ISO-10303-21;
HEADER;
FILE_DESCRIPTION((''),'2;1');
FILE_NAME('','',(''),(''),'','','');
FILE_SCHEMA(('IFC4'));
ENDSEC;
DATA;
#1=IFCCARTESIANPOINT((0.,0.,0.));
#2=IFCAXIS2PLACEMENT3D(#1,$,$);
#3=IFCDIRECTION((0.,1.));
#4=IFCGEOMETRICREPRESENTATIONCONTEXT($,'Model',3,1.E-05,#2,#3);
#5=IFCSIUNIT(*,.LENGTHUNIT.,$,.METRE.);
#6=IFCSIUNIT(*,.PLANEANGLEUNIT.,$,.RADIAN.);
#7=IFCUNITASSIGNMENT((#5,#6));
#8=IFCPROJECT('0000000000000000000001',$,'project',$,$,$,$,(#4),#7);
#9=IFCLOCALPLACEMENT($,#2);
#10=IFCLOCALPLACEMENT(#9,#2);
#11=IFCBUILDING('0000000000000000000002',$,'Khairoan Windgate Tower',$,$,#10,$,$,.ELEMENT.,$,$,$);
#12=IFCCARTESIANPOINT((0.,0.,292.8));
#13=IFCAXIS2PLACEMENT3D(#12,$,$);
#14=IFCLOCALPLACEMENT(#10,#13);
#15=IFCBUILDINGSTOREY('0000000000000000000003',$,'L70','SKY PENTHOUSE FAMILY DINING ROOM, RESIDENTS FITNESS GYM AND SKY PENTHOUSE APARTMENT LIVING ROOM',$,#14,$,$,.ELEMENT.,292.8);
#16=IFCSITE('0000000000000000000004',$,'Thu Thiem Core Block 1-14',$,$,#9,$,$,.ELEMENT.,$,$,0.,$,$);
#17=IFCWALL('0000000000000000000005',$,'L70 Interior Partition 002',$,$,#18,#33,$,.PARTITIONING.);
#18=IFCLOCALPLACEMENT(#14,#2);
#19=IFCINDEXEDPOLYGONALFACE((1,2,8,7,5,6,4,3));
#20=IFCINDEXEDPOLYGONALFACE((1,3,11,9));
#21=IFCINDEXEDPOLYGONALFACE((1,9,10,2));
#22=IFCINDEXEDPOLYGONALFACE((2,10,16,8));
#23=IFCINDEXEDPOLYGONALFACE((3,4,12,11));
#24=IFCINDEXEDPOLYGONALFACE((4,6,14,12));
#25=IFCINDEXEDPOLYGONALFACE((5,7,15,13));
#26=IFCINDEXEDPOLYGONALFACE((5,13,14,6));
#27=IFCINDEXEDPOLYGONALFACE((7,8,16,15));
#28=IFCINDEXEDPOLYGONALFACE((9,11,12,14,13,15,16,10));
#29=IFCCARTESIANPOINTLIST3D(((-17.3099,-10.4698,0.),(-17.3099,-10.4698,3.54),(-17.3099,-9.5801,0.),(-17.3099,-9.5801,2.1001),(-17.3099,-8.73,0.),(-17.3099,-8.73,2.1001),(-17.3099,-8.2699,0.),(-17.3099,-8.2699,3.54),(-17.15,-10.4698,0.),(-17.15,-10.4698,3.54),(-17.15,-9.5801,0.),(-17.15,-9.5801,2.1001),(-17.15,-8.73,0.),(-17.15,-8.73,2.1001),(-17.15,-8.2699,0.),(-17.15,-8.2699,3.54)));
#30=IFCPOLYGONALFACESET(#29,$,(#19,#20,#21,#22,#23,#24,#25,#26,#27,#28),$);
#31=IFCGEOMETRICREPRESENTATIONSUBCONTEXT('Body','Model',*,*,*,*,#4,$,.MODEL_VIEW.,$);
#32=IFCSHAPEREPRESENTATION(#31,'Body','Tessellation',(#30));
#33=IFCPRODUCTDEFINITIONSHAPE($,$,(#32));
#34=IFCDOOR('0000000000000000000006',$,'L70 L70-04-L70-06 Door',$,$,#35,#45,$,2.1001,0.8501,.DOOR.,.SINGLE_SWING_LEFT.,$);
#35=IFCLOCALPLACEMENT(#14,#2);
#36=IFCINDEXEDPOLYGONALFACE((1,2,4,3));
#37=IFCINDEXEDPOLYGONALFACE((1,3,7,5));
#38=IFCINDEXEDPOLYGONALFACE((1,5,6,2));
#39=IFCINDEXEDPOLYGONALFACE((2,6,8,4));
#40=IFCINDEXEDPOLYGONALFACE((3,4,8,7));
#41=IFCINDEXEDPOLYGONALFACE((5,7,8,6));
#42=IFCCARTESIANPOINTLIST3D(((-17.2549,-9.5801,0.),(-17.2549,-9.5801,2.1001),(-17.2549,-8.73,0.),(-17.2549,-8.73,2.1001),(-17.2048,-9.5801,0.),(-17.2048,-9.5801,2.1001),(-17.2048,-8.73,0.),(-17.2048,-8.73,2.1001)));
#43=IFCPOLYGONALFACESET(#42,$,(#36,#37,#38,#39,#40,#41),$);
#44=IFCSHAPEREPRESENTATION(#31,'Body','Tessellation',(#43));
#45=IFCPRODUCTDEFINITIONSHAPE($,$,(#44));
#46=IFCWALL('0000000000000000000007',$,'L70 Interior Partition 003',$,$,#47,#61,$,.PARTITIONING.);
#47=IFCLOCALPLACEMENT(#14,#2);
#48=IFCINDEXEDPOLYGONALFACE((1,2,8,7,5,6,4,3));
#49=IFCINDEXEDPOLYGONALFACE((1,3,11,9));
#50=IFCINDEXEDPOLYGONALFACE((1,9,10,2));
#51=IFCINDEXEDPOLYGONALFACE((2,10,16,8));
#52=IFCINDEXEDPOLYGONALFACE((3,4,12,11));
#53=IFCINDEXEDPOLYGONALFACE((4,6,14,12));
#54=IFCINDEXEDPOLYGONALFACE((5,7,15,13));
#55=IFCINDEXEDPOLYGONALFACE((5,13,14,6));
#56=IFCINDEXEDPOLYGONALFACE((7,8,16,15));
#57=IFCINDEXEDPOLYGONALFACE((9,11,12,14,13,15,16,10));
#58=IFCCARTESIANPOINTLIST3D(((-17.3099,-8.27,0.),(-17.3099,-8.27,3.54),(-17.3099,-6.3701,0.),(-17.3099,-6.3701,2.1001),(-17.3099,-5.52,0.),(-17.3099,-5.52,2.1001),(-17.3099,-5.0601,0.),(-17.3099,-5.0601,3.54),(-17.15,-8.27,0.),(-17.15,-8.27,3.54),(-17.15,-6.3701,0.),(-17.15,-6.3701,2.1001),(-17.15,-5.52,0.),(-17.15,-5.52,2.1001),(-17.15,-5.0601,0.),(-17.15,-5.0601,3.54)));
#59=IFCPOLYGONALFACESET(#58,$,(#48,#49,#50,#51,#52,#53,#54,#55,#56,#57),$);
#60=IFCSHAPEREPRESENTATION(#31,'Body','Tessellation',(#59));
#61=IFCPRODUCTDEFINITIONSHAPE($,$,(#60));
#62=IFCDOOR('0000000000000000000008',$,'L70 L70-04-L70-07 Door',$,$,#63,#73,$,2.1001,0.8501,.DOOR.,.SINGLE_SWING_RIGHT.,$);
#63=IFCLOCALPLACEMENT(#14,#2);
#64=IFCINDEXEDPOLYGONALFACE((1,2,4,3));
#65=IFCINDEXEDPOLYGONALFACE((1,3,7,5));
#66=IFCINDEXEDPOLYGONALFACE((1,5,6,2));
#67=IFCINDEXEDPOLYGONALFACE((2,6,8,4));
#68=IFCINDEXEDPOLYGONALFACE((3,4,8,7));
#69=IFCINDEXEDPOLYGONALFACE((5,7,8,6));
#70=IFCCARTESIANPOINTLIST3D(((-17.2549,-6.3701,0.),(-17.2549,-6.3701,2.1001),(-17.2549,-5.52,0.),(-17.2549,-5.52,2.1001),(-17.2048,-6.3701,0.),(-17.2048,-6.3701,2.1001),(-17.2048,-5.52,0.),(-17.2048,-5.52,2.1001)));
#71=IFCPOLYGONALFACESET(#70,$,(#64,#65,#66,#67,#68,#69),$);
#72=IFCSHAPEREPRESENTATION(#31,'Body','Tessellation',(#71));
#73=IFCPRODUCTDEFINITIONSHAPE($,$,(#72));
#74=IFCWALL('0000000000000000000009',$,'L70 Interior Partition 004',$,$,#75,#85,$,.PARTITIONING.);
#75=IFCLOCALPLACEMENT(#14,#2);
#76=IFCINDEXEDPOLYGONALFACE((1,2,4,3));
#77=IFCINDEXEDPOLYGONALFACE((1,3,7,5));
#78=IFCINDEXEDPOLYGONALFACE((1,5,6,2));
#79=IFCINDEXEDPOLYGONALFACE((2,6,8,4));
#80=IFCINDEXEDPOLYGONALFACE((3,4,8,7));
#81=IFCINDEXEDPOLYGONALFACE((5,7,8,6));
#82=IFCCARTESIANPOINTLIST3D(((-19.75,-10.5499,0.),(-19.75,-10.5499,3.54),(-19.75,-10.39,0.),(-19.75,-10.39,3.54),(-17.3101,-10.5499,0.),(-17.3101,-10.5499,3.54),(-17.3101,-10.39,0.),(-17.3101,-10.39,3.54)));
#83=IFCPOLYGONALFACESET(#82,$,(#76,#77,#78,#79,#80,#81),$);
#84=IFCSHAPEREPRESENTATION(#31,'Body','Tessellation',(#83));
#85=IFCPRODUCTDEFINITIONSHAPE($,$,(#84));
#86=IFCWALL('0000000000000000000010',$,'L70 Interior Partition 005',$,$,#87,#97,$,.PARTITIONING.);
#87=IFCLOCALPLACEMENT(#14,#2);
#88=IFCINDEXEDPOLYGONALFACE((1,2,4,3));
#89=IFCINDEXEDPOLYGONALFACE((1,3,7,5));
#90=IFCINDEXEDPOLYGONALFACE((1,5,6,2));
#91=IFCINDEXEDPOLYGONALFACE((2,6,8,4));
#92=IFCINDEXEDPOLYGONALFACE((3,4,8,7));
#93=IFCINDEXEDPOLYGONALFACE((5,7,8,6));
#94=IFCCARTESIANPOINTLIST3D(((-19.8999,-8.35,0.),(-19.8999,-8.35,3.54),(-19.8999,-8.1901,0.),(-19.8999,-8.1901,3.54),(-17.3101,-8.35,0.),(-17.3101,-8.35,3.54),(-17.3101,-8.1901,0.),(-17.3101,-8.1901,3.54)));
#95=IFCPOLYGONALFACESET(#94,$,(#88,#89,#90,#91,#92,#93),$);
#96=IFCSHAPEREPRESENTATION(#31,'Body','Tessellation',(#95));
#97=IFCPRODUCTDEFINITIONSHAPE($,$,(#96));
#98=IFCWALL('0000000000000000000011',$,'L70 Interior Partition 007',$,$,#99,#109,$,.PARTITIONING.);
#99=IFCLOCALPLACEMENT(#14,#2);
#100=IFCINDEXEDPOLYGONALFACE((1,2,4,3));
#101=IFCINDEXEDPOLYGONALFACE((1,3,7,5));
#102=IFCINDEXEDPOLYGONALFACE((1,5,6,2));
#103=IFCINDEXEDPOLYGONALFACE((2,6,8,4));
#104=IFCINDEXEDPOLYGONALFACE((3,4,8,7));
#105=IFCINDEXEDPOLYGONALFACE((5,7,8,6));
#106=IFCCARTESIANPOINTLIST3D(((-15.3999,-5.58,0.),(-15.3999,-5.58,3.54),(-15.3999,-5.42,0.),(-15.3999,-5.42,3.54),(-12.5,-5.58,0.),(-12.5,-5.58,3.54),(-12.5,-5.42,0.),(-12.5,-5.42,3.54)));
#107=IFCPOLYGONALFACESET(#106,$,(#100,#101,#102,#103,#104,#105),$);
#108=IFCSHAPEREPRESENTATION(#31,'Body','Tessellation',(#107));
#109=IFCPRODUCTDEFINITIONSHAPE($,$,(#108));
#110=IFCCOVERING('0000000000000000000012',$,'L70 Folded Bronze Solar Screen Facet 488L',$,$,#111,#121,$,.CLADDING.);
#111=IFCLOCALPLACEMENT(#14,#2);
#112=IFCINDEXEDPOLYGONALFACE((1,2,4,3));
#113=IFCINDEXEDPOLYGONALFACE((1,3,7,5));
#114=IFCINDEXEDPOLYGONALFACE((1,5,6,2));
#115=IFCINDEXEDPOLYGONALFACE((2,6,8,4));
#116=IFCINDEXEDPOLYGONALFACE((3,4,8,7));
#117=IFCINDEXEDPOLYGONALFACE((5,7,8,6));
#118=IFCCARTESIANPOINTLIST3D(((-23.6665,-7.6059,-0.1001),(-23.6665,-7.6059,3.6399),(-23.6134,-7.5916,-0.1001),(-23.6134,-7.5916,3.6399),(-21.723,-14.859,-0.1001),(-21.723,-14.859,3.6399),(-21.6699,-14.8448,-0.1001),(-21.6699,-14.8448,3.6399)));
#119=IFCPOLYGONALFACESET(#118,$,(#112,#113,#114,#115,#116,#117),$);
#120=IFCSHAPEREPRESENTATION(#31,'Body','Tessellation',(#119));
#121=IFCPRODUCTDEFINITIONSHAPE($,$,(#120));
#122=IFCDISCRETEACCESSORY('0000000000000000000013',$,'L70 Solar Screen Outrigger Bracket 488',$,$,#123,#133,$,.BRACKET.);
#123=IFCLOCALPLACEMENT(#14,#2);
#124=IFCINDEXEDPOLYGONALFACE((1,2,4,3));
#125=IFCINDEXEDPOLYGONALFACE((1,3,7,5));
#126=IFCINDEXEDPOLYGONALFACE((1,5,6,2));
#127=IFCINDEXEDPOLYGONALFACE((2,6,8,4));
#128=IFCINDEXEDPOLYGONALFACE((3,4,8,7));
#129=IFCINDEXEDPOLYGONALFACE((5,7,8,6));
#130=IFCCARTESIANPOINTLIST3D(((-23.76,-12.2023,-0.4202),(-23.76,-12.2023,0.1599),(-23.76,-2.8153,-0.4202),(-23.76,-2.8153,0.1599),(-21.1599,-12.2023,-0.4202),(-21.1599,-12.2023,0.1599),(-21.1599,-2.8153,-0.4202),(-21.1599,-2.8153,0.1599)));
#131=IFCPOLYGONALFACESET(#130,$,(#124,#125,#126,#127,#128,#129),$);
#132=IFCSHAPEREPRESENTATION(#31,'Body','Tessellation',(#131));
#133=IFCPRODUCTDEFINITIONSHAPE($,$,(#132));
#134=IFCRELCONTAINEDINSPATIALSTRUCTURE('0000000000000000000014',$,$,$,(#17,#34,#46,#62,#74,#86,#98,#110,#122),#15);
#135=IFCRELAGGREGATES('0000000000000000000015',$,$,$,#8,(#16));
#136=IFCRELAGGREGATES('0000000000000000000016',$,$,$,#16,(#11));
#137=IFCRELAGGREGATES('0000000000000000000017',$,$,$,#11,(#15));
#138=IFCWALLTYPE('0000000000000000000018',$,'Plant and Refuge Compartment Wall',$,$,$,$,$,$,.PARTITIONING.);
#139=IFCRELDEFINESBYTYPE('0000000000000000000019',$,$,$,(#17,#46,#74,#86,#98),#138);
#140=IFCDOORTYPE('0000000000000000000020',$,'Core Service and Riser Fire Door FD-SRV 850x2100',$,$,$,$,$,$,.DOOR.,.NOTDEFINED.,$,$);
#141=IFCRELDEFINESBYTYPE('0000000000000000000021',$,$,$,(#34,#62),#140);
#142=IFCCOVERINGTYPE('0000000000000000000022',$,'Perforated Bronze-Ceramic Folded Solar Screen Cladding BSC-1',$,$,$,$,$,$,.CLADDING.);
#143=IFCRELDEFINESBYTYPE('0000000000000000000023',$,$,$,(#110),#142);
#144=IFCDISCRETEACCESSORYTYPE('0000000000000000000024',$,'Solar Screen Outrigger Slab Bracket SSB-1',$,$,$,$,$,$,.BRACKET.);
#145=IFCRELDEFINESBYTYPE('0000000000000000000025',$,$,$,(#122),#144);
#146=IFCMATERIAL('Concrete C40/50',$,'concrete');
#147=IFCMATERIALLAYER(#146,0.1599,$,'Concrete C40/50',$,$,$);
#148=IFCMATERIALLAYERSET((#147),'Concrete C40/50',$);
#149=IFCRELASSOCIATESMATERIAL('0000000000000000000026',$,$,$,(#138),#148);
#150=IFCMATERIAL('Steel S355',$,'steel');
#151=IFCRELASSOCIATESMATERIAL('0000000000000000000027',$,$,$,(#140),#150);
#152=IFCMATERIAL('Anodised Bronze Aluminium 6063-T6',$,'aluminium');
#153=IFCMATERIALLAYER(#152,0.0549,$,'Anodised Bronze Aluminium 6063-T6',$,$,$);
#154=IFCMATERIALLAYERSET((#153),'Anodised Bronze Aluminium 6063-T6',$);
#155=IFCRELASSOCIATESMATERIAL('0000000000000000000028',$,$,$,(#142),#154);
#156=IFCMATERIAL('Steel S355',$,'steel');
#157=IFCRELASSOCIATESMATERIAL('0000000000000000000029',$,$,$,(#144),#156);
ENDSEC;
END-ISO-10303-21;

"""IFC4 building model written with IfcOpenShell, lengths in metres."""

from ifc_helpers import new_model, si_unit, direction, frame, frame_2d, origin, origin_2d, place, context, subcontext, project, spatial, rectangle, extrude, material, layer, layer_set, type_object, element, fill, save


model = new_model("IFC4")

# Units and contexts
model_context = context("Model", 3, precision=1e-05, world=origin(), true_north=direction((0.0, 1.0)))
body_context = subcontext(model_context, "Body", "Model", "MODEL_VIEW")
ifc_project = project(units=[si_unit("LENGTHUNIT", "METRE"), si_unit("PLANEANGLEUNIT", "RADIAN")], contexts=[model_context])

# Site, building, storey
site_placement = place(None, origin())
site = spatial("IfcSite", under=ifc_project, at=site_placement, Name="Thu Thiem Core Block 1-14", CompositionType="ELEMENT", RefElevation=0.0)
building_placement = place(site_placement, origin())
building = spatial("IfcBuilding", under=site, at=building_placement, Name="Khairoan Windgate Tower", CompositionType="ELEMENT")
storey_placement = place(building_placement, frame((0.0, 0.0, 292.8)))
storey = spatial("IfcBuildingStorey", under=building, at=storey_placement, Name="L70", Description="SKY PENTHOUSE FAMILY DINING ROOM, RESIDENTS FITNESS GYM AND SKY PENTHOUSE APARTMENT LIVING ROOM", CompositionType="ELEMENT", Elevation=292.8)

# Walls, openings, doors
ifc_material_1 = material(Name="Concrete C40/50", Category="concrete")
ifc_layer_1 = layer(ifc_material_1, 0.1599, Name="Concrete C40/50")
ifc_layer_set_1 = layer_set([ifc_layer_1], Name="Concrete C40/50")
wall_type_1 = type_object("IfcWallType", Name="Plant and Refuge Compartment Wall", PredefinedType="PARTITIONING", material=ifc_layer_set_1)
ifc_material_2 = material(Name="Steel S355", Category="steel")
door_type = type_object("IfcDoorType", Name="Core Service and Riser Fire Door FD-SRV 850x2100", OperationType="NOTDEFINED", PredefinedType="DOOR", material=ifc_material_2)
wall_1_placement = place(storey_placement, frame((-17.23, -10.47, 0.0), z_axis=(0.0, 0.0, 1.0), x_axis=(0.0, 1.0, 0.0)))
wall_1 = element("IfcWall", 1, at=wall_1_placement, inside=storey, type_object=wall_type_1, Name="L70 Interior Partition 002", PredefinedType="PARTITIONING", context=body_context, shape_type="SweptSolid", body=[
    extrude(rectangle(XDim=2.2, YDim=0.1599, at=frame_2d((1.1001, 0.0))), origin(), (0.0, 0.0, 1.0), 3.54),
])
opening_1_placement = place(wall_1_placement, frame((0.8899, 0.0, 0.0)))
opening_1 = element("IfcOpeningElement", 2, at=opening_1_placement, cuts=wall_1, PredefinedType="OPENING", context=body_context, shape_type="SweptSolid", body=[
    extrude(rectangle(XDim=0.8501, YDim=2.1001, at=frame_2d((0.425, 1.05))), frame((0.0, 0.0898, 0.0), z_axis=(0.0, -1.0, 0.0), x_axis=(1.0, 0.0, 0.0)), (0.0, 0.0, 1.0), 0.1799),
])
door_1_placement = place(opening_1_placement, origin())
door_1 = element("IfcDoor", 3, at=door_1_placement, inside=storey, type_object=door_type, Name="L70 L70-04-L70-06 Door", OperationType="SINGLE_SWING_LEFT", OverallHeight=2.1001, OverallWidth=0.8501, PredefinedType="DOOR", context=body_context, shape_type="SweptSolid", body=[
    extrude(rectangle(XDim=0.8501, YDim=2.1001, at=frame_2d((0.425, 1.05))), frame((0.0, 0.0249, 0.0), z_axis=(0.0, -1.0, 0.0), x_axis=(1.0, 0.0, 0.0)), (0.0, 0.0, 1.0), 0.05),
])
fill(opening_1, door_1)
wall_2_placement = place(storey_placement, frame((-17.23, -8.27, 0.0), z_axis=(0.0, 0.0, 1.0), x_axis=(0.0, 1.0, 0.0)))
wall_2 = element("IfcWall", 4, at=wall_2_placement, inside=storey, type_object=wall_type_1, Name="L70 Interior Partition 003", PredefinedType="PARTITIONING", context=body_context, shape_type="SweptSolid", body=[
    extrude(rectangle(XDim=3.21, YDim=0.1599, at=frame_2d((1.605, 0.0))), origin(), (0.0, 0.0, 1.0), 3.54),
])
opening_2_placement = place(wall_2_placement, frame((1.8999, 0.0, 0.0)))
opening_2 = element("IfcOpeningElement", 5, at=opening_2_placement, cuts=wall_2, PredefinedType="OPENING", context=body_context, shape_type="SweptSolid", body=[
    extrude(rectangle(XDim=0.8501, YDim=2.1001, at=frame_2d((0.425, 1.05))), frame((0.0, 0.0898, 0.0), z_axis=(0.0, -1.0, 0.0), x_axis=(1.0, 0.0, 0.0)), (0.0, 0.0, 1.0), 0.1799),
])
door_2_placement = place(opening_2_placement, origin())
door_2 = element("IfcDoor", 6, at=door_2_placement, inside=storey, type_object=door_type, Name="L70 L70-04-L70-07 Door", OperationType="SINGLE_SWING_RIGHT", OverallHeight=2.1001, OverallWidth=0.8501, PredefinedType="DOOR", context=body_context, shape_type="SweptSolid", body=[
    extrude(rectangle(XDim=0.8501, YDim=2.1001, at=frame_2d((0.425, 1.05))), frame((0.0, 0.0249, 0.0), z_axis=(0.0, -1.0, 0.0), x_axis=(1.0, 0.0, 0.0)), (0.0, 0.0, 1.0), 0.05),
])
fill(opening_2, door_2)

# Walls
wall_3_placement = place(storey_placement, frame((-19.75, -10.47, 0.0), z_axis=(0.0, 0.0, 1.0), x_axis=(1.0, 0.0, 0.0)))
element("IfcWall", 7, at=wall_3_placement, inside=storey, type_object=wall_type_1, Name="L70 Interior Partition 004", PredefinedType="PARTITIONING", context=body_context, shape_type="SweptSolid", body=[
    extrude(rectangle(XDim=2.4399, YDim=0.1599, at=frame_2d((1.22, 0.0))), origin(), (0.0, 0.0, 1.0), 3.54),
])
wall_4_placement = place(storey_placement, frame((-19.8999, -8.27, 0.0), z_axis=(0.0, 0.0, 1.0), x_axis=(1.0, 0.0, 0.0)))
element("IfcWall", 8, at=wall_4_placement, inside=storey, type_object=wall_type_1, Name="L70 Interior Partition 005", PredefinedType="PARTITIONING", context=body_context, shape_type="SweptSolid", body=[
    extrude(rectangle(XDim=2.5898, YDim=0.1599, at=frame_2d((1.2949, 0.0))), origin(), (0.0, 0.0, 1.0), 3.54),
])
wall_5_placement = place(storey_placement, frame((-15.3999, -5.5, 0.0), z_axis=(0.0, 0.0, 1.0), x_axis=(1.0, 0.0, 0.0)))
element("IfcWall", 9, at=wall_5_placement, inside=storey, type_object=wall_type_1, Name="L70 Interior Partition 007", PredefinedType="PARTITIONING", context=body_context, shape_type="SweptSolid", body=[
    extrude(rectangle(XDim=2.8999, YDim=0.1599, at=frame_2d((1.45, 0.0))), origin(), (0.0, 0.0, 1.0), 3.54),
])

# Covering
ifc_material_3 = material(Name="Anodised Bronze Aluminium 6063-T6", Category="aluminium")
ifc_layer_2 = layer(ifc_material_3, 0.0549, Name="Anodised Bronze Aluminium 6063-T6")
ifc_layer_set_2 = layer_set([ifc_layer_2], Name="Anodised Bronze Aluminium 6063-T6")
covering_type = type_object("IfcCoveringType", Name="Perforated Bronze-Ceramic Folded Solar Screen Cladding BSC-1", PredefinedType="CLADDING", material=ifc_layer_set_2)
covering_placement = place(storey_placement, frame((-22.6682, -11.2253, -0.1001), z_axis=(0.0, 0.0, 1.0), x_axis=(-0.258819, 0.965926, 0.0)))
element("IfcCovering", 10, at=covering_placement, inside=storey, type_object=covering_type, Name="L70 Folded Bronze Solar Screen Facet 488L", PredefinedType="CLADDING", context=body_context, shape_type="SweptSolid", body=[
    extrude(rectangle(XDim=7.509, YDim=0.0549, at=origin_2d()), origin(), (0.0, 0.0, 1.0), 3.74),
])

# Discrete accessory
ifc_material_4 = material(Name="Steel S355", Category="steel")
discrete_accessory_type = type_object("IfcDiscreteAccessoryType", Name="Solar Screen Outrigger Slab Bracket SSB-1", PredefinedType="BRACKET", material=ifc_material_4)
discrete_accessory_placement = place(storey_placement, frame((-22.46, -7.5088, -0.4202), z_axis=(0.0, 0.0, 1.0), x_axis=(0.0, 1.0, 0.0)))
element("IfcDiscreteAccessory", 11, at=discrete_accessory_placement, inside=storey, type_object=discrete_accessory_type, Name="L70 Solar Screen Outrigger Bracket 488", PredefinedType="BRACKET", context=body_context, shape_type="SweptSolid", body=[
    extrude(rectangle(XDim=9.387, YDim=2.6001, at=origin_2d()), origin(), (0.0, 0.0, 1.0), 0.5801),
])

save(model, "model.ifc")
